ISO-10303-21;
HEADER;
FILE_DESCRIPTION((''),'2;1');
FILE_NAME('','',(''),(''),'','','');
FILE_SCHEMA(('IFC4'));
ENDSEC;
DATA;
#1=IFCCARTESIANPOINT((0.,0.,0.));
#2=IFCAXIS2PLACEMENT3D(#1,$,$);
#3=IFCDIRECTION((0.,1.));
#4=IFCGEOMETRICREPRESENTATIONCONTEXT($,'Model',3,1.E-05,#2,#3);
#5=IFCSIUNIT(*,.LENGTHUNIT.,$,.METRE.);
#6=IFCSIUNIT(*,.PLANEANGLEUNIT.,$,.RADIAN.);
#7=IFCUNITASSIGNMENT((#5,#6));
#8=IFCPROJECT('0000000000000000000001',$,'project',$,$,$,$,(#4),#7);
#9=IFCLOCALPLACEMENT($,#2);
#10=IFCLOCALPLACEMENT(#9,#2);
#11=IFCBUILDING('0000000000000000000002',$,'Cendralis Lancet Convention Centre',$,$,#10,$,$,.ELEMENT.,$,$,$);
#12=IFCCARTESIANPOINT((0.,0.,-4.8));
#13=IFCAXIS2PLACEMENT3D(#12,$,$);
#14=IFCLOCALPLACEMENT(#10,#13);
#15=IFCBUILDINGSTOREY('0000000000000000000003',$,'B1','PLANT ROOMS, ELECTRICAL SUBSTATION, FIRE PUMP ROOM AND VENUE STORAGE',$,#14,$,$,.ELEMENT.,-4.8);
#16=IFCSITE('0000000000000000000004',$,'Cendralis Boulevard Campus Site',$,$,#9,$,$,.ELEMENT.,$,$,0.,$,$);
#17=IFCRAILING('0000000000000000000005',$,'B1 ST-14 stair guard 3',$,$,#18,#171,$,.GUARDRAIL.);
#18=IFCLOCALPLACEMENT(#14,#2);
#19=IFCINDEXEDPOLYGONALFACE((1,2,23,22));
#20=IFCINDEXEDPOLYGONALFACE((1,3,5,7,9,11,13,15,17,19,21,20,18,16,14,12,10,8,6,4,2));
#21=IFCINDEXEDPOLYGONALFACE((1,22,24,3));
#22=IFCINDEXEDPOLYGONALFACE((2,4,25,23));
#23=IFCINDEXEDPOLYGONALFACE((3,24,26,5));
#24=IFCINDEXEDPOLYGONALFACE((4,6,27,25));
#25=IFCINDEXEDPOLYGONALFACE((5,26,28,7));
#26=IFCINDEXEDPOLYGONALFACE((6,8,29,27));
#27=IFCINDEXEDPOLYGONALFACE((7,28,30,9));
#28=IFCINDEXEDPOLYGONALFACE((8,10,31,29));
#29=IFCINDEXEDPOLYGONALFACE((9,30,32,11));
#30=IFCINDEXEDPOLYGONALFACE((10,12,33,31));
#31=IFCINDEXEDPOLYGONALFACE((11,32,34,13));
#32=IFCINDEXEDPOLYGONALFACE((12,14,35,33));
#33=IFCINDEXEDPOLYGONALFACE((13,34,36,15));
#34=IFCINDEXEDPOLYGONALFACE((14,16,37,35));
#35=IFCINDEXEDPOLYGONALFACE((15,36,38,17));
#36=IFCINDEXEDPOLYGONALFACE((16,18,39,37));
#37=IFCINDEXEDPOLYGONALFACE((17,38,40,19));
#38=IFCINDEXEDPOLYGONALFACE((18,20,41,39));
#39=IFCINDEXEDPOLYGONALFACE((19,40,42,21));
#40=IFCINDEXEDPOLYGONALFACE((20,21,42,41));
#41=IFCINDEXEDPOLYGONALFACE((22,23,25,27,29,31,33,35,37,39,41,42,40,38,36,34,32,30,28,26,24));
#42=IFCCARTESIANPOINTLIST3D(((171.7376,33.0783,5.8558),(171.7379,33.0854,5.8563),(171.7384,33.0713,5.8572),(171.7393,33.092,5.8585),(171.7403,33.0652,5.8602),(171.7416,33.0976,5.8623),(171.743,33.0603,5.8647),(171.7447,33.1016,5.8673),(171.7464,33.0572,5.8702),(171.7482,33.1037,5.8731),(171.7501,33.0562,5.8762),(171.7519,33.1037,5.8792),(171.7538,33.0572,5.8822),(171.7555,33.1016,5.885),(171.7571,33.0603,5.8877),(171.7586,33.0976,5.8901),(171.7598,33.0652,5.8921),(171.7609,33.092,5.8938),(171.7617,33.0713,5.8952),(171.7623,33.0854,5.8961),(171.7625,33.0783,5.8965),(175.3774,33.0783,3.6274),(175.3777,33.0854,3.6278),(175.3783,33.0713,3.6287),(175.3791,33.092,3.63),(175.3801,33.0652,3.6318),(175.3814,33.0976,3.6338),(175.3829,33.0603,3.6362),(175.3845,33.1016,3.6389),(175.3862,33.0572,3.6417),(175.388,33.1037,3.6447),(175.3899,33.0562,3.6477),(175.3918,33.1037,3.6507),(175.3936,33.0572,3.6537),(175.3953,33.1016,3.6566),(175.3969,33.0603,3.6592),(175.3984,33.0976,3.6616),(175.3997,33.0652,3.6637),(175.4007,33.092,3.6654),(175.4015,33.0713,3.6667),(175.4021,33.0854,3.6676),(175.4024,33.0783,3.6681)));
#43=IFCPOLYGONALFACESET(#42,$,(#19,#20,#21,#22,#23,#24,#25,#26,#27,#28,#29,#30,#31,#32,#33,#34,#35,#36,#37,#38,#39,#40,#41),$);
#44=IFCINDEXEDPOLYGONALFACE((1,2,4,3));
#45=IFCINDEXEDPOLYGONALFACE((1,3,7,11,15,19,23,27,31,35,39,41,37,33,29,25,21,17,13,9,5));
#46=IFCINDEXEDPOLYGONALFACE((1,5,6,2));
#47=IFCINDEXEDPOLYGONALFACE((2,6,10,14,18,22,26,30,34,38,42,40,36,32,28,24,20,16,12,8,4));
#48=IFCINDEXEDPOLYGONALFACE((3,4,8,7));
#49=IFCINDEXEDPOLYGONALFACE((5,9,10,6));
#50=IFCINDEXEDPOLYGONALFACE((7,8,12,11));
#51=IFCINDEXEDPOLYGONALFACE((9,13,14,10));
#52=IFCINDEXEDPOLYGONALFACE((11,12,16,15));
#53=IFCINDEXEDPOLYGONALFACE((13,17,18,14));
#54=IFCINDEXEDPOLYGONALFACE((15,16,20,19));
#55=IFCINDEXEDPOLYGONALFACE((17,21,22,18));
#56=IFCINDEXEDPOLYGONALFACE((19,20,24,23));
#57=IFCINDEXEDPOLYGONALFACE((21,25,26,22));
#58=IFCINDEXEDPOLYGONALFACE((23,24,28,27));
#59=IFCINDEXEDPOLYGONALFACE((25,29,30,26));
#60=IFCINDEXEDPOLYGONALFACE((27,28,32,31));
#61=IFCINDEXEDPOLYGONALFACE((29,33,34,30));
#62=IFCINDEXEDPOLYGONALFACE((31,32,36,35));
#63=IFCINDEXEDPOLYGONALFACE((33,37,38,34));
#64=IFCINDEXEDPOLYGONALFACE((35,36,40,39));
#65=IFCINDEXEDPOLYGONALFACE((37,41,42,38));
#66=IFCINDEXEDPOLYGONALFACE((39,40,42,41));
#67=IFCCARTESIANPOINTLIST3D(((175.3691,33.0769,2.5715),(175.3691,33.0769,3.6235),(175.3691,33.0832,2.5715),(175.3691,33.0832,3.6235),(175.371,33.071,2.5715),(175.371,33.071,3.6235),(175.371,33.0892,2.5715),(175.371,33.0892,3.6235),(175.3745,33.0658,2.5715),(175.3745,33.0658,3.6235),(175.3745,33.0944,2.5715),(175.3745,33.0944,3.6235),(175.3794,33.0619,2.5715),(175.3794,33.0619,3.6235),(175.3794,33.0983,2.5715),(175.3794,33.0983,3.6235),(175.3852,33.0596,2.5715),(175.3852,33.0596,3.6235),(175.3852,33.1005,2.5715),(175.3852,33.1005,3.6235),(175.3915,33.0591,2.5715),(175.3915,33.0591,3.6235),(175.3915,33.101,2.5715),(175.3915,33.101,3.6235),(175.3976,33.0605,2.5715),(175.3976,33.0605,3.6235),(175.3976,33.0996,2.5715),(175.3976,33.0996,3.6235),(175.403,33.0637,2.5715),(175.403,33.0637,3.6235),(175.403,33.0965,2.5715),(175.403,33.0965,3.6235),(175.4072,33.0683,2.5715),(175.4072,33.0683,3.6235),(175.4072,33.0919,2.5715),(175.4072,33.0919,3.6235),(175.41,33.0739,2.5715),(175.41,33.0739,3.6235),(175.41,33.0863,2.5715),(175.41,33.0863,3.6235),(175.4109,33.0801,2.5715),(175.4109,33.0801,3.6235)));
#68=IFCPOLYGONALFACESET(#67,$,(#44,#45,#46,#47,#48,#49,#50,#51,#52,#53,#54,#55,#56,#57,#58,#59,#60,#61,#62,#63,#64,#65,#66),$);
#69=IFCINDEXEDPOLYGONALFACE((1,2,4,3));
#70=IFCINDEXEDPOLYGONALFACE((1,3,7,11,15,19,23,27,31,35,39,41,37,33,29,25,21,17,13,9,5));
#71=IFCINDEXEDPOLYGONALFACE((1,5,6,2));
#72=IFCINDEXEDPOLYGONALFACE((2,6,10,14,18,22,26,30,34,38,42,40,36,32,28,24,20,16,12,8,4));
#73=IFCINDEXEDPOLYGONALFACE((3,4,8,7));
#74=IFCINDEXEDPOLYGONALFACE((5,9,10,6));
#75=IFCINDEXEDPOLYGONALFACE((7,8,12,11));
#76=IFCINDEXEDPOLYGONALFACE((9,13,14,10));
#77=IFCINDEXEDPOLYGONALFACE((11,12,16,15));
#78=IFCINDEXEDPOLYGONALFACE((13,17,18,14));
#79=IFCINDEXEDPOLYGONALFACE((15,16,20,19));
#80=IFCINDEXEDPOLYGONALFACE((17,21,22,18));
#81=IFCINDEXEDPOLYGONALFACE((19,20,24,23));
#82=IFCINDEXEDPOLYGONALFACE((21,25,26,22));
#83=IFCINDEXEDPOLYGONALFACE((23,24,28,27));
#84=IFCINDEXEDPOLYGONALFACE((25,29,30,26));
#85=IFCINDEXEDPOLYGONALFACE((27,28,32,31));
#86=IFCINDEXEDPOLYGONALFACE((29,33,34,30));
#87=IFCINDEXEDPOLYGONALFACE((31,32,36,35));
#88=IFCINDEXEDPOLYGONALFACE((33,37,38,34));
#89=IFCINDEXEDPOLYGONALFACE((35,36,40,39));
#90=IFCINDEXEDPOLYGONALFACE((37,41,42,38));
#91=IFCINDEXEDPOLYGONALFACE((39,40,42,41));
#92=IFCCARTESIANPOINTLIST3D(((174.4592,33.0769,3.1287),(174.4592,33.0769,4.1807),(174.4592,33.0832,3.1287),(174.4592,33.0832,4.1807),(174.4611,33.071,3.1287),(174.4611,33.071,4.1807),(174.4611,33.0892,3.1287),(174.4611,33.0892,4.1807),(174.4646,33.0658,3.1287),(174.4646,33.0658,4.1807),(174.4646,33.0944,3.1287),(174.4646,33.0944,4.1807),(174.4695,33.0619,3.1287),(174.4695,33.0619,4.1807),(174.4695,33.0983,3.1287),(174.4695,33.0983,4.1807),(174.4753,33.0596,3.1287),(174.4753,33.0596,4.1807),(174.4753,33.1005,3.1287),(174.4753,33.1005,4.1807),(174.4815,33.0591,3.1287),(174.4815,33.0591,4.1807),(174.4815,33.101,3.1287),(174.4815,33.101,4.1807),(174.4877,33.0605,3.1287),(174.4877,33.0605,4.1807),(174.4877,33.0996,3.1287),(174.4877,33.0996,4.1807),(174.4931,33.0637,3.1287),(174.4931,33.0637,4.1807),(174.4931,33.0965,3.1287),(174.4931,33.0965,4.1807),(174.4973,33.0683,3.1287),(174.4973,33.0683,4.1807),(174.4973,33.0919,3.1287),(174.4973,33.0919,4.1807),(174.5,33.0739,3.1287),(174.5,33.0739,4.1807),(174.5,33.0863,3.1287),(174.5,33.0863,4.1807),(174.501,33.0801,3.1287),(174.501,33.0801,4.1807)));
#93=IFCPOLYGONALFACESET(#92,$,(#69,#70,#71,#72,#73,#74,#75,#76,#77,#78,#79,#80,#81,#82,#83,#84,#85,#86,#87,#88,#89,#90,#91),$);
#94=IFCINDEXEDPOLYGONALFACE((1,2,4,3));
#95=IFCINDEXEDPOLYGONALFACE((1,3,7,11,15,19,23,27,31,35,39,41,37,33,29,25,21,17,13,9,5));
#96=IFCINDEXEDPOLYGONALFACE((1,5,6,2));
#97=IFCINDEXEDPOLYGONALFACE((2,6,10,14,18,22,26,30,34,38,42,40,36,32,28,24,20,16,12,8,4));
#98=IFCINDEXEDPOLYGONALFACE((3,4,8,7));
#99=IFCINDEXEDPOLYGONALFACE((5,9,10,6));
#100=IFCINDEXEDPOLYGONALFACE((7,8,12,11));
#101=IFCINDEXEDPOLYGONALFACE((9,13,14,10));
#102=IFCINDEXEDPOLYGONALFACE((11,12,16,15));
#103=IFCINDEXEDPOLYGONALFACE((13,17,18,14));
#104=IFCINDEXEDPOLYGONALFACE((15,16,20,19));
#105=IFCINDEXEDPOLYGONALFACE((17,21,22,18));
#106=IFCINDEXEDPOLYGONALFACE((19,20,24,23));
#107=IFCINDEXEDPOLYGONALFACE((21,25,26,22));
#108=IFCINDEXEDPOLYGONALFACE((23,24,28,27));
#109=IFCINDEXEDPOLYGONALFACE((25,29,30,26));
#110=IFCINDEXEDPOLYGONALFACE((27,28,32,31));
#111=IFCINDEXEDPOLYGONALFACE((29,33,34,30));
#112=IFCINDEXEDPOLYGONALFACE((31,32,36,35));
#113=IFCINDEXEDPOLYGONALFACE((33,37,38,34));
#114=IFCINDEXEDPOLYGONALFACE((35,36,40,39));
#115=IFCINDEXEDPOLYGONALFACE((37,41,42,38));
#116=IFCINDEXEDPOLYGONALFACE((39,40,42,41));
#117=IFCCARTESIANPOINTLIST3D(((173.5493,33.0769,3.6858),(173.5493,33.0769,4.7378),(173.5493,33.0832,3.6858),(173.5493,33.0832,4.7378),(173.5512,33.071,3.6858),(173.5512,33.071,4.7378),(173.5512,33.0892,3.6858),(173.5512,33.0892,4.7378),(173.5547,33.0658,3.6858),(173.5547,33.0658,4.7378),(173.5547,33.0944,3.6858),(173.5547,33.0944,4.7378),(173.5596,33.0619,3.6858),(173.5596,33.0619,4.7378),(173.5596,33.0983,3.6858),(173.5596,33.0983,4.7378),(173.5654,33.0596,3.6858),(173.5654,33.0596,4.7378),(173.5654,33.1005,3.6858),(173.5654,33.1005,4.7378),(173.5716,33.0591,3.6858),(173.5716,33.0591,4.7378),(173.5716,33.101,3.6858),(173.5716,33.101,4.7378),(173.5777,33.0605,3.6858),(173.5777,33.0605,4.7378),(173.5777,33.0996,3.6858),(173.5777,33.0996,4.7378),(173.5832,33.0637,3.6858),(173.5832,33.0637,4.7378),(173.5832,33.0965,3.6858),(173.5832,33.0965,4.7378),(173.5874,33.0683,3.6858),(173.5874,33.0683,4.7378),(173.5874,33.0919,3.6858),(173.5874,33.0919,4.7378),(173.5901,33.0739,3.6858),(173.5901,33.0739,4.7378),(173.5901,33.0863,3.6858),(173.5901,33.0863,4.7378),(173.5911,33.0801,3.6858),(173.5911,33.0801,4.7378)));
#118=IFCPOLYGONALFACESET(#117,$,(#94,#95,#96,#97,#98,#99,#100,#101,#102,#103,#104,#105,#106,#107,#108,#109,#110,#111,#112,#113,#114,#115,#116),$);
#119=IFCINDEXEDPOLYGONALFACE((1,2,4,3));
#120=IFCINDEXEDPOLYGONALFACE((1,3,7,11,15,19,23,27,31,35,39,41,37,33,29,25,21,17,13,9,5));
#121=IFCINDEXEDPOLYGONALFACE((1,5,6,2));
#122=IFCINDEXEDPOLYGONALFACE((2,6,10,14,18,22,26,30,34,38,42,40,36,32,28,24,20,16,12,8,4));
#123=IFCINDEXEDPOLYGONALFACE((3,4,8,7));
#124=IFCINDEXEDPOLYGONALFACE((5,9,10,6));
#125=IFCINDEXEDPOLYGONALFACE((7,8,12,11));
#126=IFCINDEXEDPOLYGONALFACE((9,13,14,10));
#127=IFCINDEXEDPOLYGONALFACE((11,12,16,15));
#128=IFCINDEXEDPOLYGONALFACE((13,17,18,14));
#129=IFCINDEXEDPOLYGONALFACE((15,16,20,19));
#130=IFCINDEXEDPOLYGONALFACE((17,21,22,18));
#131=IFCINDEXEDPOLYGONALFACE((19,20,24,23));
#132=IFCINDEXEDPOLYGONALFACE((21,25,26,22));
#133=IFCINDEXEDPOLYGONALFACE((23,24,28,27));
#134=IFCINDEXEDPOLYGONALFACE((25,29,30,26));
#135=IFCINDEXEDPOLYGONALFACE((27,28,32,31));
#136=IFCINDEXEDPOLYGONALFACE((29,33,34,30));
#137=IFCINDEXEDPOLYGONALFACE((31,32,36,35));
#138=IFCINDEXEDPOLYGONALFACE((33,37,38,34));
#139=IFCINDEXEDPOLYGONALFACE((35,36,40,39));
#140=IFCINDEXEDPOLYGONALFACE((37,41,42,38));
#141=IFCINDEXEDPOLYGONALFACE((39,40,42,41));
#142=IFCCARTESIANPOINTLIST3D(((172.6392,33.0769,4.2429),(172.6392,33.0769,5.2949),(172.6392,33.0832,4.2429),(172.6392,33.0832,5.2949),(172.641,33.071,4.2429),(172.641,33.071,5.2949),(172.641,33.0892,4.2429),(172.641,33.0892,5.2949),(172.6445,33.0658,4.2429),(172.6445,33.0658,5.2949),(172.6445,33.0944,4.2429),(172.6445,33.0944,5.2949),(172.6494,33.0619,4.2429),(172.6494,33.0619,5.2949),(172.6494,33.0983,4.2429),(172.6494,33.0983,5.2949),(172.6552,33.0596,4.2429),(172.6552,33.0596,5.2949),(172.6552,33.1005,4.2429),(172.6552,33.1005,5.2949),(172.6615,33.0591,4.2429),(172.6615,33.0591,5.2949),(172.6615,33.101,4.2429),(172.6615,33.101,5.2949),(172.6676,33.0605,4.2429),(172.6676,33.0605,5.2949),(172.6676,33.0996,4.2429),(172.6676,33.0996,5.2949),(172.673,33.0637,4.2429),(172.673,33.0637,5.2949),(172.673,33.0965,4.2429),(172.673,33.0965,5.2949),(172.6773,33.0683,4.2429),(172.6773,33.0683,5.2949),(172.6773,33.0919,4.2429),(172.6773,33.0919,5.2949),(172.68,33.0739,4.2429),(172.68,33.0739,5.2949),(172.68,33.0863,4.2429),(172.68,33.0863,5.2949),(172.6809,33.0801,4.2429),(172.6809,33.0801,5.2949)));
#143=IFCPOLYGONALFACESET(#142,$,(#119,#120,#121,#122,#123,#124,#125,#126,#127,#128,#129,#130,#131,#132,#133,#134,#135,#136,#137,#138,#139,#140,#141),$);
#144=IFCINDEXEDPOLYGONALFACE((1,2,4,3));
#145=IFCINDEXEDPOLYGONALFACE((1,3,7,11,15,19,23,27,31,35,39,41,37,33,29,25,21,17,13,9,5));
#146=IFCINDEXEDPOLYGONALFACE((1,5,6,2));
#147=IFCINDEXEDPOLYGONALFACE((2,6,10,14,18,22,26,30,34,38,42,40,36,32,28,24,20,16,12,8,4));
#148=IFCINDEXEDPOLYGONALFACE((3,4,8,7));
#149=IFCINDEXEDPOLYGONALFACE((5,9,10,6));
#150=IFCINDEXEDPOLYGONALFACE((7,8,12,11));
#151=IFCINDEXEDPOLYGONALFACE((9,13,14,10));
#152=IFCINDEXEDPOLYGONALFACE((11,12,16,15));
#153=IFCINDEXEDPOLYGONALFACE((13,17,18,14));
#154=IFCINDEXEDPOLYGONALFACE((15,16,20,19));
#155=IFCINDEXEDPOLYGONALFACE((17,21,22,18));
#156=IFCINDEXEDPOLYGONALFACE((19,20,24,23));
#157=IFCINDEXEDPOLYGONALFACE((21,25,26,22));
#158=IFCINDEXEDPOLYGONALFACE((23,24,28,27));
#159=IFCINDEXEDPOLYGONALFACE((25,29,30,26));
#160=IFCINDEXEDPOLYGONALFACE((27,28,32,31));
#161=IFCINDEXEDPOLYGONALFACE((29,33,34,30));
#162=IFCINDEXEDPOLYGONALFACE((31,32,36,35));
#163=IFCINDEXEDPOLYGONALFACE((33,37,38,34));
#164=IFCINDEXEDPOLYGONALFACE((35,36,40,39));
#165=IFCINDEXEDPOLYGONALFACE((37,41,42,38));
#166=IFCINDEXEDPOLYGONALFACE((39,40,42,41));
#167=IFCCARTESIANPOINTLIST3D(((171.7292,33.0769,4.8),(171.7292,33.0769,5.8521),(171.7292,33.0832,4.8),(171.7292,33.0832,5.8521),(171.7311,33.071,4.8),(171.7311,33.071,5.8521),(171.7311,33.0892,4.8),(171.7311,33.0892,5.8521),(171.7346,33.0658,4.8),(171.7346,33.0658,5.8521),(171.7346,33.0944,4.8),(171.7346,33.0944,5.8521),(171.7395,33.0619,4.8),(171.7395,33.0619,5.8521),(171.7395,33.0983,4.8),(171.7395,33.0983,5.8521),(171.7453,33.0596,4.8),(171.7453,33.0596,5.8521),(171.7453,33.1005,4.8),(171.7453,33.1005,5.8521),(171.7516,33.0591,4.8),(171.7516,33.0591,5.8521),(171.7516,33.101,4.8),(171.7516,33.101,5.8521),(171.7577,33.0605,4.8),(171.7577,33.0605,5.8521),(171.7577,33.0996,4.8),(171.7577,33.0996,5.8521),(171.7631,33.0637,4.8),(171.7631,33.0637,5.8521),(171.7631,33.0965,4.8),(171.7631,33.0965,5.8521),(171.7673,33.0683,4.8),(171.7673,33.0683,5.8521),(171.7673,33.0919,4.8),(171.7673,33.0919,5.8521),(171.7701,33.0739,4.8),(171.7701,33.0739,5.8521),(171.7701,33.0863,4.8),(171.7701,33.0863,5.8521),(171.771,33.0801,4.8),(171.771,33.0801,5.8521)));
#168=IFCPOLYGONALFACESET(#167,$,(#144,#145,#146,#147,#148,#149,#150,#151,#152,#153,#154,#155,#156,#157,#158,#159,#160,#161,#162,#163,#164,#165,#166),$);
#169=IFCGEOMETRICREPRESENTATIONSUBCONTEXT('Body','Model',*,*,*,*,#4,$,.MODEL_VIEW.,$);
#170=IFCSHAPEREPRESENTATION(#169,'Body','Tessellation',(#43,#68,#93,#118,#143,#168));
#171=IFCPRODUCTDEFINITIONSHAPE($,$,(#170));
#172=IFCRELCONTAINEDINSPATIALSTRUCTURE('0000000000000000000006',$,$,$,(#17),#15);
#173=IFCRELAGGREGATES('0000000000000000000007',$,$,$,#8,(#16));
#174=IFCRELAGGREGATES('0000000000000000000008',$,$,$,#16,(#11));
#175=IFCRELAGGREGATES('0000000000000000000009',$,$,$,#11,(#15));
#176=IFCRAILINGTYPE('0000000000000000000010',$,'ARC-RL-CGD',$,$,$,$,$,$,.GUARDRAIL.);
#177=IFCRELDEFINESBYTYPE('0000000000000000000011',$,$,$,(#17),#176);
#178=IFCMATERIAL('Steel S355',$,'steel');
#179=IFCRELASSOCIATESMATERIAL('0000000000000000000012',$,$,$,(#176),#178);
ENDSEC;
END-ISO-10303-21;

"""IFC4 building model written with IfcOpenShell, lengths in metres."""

from ifc_helpers import new_model, si_unit, direction, frame, origin, origin_2d, place, context, subcontext, project, spatial, circle, extrude, material, type_object, element, save


model = new_model("IFC4")

# Units and contexts
model_context = context("Model", 3, precision=1e-05, world=origin(), true_north=direction((0.0, 1.0)))
body_context = subcontext(model_context, "Body", "Model", "MODEL_VIEW")
ifc_project = project(units=[si_unit("LENGTHUNIT", "METRE"), si_unit("PLANEANGLEUNIT", "RADIAN")], contexts=[model_context])

# Site, building, storey
site_placement = place(None, origin())
site = spatial("IfcSite", under=ifc_project, at=site_placement, Name="Cendralis Boulevard Campus Site", CompositionType="ELEMENT", RefElevation=0.0)
building_placement = place(site_placement, origin())
building = spatial("IfcBuilding", under=site, at=building_placement, Name="Cendralis Lancet Convention Centre", CompositionType="ELEMENT")
storey_placement = place(building_placement, frame((0.0, 0.0, -4.8)))
storey = spatial("IfcBuildingStorey", under=building, at=storey_placement, Name="B1", Description="PLANT ROOMS, ELECTRICAL SUBSTATION, FIRE PUMP ROOM AND VENUE STORAGE", CompositionType="ELEMENT", Elevation=-4.8)

# Shared definitions
ifc_material_1 = material(Name="Steel S355", Category="steel")

# Railing
railing_type_1 = type_object("IfcRailingType", Name="ARC-RL-CGD", PredefinedType="GUARDRAIL", material=ifc_material_1)
railing_1_placement = place(storey_placement, frame((175.3899, 33.0801, 2.5715)))
element("IfcRailing", 1, at=railing_1_placement, inside=storey, type_object=railing_type_1, Name="B1 ST-14 stair guard 3", PredefinedType="GUARDRAIL", context=body_context, shape_type="SweptSolid", body=[
    extrude(circle(Radius=0.0239, at=origin_2d()), frame((0.0, 0.0, 1.0762), z_axis=(-0.85285, 0.0, 0.522156), x_axis=(0.0, -1.0, 0.0)), (0.0, 0.0, 1.0), 4.2678),
    extrude(circle(Radius=0.021, at=origin_2d()), origin(), (0.0, 0.0, 1.0), 1.052),
    extrude(circle(Radius=0.021, at=origin_2d()), frame((-0.9099, 0.0, 0.5571)), (0.0, 0.0, 1.0), 1.052),
    extrude(circle(Radius=0.021, at=origin_2d()), frame((-1.8198, 0.0, 1.1143)), (0.0, 0.0, 1.0), 1.052),
    extrude(circle(Radius=0.021, at=origin_2d()), frame((-2.73, 0.0, 1.6714)), (0.0, 0.0, 1.0), 1.052),
    extrude(circle(Radius=0.021, at=origin_2d()), frame((-3.6399, 0.0, 2.2285)), (0.0, 0.0, 1.0), 1.052),
])

save(model, "model.ifc")
